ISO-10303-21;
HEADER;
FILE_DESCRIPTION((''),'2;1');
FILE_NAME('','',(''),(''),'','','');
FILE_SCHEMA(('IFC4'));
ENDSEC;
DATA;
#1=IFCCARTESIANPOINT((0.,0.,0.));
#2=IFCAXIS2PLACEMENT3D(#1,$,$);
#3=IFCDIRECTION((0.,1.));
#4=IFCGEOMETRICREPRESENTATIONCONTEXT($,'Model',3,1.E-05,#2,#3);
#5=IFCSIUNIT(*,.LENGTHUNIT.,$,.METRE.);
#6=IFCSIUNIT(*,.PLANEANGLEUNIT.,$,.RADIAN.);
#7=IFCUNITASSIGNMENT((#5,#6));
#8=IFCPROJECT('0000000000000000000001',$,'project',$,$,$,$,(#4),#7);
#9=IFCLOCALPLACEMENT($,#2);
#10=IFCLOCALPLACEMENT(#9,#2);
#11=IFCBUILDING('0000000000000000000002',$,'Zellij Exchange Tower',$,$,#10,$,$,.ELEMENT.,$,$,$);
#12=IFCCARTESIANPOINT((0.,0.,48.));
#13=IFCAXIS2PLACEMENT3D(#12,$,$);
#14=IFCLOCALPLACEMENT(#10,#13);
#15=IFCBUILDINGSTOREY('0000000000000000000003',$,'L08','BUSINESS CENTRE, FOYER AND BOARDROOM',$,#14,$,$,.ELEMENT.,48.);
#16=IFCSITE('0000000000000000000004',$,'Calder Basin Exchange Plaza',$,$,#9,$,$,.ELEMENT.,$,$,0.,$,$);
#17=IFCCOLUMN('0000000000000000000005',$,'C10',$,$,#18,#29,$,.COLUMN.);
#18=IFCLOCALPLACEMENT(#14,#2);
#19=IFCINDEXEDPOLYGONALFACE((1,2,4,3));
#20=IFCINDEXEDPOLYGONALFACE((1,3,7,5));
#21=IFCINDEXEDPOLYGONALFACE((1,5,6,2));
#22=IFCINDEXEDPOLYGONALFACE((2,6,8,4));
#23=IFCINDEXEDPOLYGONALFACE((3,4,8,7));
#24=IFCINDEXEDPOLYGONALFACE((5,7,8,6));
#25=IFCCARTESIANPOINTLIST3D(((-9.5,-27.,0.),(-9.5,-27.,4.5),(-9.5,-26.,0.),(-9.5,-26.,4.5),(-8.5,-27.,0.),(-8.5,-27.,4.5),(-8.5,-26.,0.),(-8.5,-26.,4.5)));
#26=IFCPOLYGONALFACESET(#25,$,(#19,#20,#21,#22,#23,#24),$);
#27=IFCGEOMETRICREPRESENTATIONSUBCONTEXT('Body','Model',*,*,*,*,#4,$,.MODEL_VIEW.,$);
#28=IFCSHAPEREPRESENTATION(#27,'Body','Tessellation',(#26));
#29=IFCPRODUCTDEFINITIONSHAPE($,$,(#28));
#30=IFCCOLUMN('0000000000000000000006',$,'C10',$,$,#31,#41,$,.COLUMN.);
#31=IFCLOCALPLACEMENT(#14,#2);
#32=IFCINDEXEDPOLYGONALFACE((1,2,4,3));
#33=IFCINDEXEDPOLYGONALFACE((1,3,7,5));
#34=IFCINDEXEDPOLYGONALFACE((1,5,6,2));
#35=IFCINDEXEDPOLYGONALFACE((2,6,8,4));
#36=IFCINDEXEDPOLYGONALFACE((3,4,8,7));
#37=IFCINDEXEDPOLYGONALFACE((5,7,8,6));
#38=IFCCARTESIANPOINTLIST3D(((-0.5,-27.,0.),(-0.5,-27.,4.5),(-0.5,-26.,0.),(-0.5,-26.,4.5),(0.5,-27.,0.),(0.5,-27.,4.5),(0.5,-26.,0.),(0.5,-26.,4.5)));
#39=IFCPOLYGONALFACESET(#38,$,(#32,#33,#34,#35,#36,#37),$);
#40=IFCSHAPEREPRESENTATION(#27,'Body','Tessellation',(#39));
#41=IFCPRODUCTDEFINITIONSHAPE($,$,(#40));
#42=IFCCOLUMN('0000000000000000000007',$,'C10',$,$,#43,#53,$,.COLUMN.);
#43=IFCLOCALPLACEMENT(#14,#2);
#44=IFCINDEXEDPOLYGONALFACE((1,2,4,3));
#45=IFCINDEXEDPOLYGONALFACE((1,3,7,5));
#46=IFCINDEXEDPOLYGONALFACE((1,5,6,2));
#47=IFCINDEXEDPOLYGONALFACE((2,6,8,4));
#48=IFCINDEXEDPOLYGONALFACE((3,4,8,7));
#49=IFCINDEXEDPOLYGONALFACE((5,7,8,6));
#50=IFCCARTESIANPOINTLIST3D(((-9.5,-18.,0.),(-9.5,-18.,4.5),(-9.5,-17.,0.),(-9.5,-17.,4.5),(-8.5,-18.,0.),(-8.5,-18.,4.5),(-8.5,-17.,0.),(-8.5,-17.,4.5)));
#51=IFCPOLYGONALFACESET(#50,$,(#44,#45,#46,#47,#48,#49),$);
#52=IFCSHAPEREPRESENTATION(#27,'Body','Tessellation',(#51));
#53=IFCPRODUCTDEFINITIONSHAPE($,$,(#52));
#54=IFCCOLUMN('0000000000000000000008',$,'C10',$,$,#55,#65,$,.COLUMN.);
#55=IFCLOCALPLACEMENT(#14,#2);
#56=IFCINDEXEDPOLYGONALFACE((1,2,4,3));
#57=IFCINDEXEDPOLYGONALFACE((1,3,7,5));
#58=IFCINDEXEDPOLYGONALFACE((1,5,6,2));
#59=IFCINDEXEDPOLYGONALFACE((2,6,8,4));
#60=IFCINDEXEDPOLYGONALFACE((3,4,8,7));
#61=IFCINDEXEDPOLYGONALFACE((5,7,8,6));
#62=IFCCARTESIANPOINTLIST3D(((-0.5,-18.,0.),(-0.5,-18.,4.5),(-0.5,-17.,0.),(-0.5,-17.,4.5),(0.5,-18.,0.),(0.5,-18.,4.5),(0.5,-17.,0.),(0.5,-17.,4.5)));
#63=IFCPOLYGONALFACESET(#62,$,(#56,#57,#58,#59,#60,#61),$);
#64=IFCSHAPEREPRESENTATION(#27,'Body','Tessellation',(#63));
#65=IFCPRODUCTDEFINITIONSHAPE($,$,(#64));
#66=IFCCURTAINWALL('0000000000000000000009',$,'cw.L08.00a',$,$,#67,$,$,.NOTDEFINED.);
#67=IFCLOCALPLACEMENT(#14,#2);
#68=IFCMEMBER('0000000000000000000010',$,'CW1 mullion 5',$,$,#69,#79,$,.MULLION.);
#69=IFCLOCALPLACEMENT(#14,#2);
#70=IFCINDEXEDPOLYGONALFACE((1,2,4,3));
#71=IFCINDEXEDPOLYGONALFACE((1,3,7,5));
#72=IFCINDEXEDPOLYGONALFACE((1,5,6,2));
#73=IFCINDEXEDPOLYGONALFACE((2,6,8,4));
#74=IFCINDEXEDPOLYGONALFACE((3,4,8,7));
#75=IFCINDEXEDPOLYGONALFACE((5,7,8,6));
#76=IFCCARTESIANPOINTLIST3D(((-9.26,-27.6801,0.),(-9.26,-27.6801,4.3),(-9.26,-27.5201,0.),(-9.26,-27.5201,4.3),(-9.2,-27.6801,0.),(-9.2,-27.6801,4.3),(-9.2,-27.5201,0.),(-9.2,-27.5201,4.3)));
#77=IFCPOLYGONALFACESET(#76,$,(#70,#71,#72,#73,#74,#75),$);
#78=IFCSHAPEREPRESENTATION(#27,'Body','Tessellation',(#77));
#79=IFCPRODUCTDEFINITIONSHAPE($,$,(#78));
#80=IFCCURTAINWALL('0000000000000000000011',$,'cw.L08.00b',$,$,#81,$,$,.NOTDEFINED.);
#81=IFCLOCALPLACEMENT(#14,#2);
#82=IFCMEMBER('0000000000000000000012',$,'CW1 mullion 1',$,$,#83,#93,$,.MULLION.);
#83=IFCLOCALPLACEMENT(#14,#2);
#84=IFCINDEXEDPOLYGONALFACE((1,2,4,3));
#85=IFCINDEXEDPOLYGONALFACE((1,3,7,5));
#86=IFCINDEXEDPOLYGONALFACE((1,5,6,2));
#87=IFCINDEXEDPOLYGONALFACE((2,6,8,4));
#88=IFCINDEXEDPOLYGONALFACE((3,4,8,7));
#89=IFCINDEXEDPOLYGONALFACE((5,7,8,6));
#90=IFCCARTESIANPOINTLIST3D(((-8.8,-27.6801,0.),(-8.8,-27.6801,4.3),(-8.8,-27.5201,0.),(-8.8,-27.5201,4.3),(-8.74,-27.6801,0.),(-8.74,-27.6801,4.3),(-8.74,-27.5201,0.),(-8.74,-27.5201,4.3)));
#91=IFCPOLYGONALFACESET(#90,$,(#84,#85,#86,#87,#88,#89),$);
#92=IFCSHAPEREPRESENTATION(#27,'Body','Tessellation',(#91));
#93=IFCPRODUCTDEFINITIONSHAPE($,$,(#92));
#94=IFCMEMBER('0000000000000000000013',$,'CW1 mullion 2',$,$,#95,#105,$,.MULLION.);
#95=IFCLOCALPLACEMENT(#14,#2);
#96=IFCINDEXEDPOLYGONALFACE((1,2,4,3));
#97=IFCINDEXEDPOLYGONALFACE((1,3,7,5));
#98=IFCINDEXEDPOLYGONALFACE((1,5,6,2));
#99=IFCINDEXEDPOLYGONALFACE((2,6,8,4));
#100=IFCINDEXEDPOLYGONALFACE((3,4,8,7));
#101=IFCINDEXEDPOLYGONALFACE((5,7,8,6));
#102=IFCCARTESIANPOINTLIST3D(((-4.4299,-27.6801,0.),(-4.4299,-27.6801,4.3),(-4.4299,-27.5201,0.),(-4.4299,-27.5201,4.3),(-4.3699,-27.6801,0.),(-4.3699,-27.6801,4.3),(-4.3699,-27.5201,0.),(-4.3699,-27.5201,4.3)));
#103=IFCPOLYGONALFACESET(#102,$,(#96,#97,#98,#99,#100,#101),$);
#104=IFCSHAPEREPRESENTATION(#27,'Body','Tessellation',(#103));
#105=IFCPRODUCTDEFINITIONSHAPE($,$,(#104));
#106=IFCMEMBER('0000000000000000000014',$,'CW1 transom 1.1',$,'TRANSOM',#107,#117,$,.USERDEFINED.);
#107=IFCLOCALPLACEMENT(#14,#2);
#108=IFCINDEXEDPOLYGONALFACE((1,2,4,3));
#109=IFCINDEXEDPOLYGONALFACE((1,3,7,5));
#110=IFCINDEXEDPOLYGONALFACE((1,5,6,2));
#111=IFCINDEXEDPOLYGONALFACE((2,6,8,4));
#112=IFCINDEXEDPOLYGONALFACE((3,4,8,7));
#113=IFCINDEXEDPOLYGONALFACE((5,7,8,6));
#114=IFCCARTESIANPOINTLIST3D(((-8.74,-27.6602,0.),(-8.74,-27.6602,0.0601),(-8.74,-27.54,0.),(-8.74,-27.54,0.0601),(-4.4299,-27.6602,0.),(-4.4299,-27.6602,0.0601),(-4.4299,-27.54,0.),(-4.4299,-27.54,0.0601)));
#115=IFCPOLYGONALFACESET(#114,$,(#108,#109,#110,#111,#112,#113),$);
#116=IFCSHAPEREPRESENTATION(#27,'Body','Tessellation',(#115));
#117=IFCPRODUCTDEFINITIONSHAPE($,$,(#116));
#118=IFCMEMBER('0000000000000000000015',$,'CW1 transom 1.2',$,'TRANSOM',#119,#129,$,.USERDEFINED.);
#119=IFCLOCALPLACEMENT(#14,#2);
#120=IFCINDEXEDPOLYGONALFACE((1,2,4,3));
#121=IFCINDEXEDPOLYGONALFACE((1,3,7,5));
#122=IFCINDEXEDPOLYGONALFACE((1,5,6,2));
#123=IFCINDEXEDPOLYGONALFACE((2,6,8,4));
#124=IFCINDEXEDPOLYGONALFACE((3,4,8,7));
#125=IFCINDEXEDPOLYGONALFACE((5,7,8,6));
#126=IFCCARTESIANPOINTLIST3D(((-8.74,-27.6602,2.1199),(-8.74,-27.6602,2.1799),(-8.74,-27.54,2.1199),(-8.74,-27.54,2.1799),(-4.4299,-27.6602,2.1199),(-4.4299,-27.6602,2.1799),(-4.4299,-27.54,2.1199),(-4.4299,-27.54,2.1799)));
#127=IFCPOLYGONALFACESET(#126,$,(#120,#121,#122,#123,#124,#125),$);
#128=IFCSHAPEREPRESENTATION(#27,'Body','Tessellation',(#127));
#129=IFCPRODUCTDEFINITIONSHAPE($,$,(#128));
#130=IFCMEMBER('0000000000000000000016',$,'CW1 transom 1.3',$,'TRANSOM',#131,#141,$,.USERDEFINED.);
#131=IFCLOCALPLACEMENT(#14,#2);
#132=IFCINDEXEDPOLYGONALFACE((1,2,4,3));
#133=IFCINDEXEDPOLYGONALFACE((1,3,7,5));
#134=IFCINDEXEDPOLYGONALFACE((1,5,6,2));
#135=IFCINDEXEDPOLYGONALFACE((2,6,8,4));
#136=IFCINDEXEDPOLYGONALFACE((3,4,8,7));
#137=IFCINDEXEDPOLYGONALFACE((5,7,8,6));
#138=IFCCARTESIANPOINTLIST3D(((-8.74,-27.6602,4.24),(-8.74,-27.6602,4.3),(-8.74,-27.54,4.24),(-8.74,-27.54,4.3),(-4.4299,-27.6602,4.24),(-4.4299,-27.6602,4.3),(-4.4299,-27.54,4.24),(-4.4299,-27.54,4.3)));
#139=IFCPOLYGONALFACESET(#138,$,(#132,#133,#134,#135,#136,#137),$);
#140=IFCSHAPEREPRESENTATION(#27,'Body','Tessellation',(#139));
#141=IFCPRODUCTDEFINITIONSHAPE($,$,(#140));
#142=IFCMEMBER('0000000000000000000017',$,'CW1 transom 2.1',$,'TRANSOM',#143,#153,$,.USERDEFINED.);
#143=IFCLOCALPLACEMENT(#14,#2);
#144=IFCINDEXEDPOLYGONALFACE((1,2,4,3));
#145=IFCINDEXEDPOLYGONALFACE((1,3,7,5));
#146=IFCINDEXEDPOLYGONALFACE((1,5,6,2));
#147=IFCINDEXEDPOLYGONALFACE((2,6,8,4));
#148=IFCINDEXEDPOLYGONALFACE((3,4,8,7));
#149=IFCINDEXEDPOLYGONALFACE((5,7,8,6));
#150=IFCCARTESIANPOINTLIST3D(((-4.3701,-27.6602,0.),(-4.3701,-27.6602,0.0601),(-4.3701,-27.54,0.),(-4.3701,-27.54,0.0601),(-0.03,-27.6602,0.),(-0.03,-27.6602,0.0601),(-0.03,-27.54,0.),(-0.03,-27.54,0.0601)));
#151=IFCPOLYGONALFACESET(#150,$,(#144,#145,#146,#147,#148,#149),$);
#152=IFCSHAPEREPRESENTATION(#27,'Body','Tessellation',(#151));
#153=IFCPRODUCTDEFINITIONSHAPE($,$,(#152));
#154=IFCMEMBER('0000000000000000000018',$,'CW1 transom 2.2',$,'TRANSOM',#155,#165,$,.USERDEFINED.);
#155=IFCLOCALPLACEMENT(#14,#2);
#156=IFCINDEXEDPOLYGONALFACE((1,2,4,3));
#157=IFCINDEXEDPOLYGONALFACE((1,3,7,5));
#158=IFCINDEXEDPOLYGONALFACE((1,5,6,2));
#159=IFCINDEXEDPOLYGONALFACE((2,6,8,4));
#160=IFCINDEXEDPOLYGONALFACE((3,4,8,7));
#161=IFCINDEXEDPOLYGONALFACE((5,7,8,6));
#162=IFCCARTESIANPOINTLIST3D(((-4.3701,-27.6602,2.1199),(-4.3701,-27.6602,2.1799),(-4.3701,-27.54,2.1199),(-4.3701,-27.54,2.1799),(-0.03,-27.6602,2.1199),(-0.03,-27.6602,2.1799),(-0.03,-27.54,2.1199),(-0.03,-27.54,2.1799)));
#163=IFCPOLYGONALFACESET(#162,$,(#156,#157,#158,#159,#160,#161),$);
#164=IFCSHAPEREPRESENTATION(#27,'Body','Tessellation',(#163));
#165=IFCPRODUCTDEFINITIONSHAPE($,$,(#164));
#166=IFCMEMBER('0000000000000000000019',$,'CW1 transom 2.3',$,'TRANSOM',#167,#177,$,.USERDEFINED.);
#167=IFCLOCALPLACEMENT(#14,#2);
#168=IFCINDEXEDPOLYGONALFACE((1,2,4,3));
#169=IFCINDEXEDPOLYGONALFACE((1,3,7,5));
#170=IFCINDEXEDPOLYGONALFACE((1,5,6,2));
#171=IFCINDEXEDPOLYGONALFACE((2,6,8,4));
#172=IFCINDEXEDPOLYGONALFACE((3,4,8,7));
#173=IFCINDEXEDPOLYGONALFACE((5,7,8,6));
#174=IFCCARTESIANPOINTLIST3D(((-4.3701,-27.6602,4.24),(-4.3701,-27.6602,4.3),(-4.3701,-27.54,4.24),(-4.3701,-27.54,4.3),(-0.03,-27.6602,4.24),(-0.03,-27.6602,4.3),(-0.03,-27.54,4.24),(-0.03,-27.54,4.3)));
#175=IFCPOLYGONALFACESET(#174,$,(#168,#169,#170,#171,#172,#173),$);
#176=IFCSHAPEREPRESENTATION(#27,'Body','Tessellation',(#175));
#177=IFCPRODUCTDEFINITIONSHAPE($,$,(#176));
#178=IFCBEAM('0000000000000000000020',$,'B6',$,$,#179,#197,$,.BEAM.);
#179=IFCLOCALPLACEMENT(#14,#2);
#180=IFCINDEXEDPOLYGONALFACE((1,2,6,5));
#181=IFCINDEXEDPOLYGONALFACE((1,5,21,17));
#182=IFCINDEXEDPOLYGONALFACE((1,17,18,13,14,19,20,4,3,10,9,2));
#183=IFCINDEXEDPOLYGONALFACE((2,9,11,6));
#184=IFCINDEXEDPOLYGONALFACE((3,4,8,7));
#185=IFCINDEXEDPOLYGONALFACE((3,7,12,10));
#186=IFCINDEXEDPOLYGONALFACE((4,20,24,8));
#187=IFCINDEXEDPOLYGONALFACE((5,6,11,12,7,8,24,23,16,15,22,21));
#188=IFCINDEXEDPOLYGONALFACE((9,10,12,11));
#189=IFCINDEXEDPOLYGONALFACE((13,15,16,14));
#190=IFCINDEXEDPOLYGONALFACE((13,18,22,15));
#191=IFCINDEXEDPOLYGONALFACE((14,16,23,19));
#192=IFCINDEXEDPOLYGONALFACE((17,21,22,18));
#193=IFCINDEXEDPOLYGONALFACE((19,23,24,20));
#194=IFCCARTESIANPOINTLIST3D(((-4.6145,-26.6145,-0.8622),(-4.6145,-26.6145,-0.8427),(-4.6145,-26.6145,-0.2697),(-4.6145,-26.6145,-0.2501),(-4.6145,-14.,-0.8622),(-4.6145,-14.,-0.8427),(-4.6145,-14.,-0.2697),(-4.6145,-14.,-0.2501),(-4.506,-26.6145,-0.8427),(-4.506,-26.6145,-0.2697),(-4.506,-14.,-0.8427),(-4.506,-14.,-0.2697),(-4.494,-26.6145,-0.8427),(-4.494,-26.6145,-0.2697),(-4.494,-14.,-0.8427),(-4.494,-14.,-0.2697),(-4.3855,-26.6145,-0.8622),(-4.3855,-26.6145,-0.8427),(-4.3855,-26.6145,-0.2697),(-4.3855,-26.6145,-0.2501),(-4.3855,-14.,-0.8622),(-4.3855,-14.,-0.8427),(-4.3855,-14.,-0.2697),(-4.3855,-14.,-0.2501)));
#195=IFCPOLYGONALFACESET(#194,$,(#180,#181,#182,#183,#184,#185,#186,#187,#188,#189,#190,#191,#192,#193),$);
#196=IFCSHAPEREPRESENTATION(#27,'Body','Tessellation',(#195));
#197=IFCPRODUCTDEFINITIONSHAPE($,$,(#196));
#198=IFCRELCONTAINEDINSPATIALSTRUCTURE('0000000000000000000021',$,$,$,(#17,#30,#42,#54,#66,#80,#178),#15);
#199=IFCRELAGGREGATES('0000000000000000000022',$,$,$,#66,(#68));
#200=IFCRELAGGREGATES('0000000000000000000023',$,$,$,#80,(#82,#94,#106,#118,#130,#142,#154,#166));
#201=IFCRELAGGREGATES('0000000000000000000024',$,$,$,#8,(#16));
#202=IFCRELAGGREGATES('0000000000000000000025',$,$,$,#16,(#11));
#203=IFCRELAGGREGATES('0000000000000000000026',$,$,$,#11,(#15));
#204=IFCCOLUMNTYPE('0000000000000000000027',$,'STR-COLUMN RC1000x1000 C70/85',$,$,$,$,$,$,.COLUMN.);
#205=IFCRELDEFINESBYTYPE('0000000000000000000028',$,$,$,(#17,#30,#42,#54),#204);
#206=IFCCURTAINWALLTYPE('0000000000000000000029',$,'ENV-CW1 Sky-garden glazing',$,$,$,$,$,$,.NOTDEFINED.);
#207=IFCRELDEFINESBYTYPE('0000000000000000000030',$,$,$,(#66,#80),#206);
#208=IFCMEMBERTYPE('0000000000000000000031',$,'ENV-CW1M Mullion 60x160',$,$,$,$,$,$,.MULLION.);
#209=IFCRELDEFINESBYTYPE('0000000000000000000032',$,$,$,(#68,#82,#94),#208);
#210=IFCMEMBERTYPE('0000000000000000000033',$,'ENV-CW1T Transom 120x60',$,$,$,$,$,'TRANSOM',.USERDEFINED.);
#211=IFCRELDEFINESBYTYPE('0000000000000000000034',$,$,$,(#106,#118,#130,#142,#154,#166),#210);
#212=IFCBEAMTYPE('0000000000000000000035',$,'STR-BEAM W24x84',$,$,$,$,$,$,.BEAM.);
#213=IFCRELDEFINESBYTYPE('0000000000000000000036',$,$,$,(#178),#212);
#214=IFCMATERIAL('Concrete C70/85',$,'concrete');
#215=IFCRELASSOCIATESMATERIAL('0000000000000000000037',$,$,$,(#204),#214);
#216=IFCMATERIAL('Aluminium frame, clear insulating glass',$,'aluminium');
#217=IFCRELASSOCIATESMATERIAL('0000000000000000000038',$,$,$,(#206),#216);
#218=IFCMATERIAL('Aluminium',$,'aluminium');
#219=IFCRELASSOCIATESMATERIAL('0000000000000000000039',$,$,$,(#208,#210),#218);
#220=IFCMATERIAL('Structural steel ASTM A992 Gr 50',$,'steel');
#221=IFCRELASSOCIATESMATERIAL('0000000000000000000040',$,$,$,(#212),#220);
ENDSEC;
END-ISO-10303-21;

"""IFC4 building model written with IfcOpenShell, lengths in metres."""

from ifc_helpers import new_model, si_unit, direction, frame, origin, origin_2d, place, context, subcontext, project, spatial, rectangle, i_section, extrude, material, material_profile, profile_set, type_object, element, aggregate, save


model = new_model("IFC4")

# Units and contexts
model_context = context("Model", 3, precision=1e-05, world=origin(), true_north=direction((0.0, 1.0)))
body_context = subcontext(model_context, "Body", "Model", "MODEL_VIEW")
ifc_project = project(units=[si_unit("LENGTHUNIT", "METRE"), si_unit("PLANEANGLEUNIT", "RADIAN")], contexts=[model_context])

# Site, building, storey
site_placement = place(None, origin())
site = spatial("IfcSite", under=ifc_project, at=site_placement, Name="Calder Basin Exchange Plaza", CompositionType="ELEMENT", RefElevation=0.0)
building_placement = place(site_placement, origin())
building = spatial("IfcBuilding", under=site, at=building_placement, Name="Zellij Exchange Tower", CompositionType="ELEMENT")
storey_placement = place(building_placement, frame((0.0, 0.0, 48.0)))
storey = spatial("IfcBuildingStorey", under=building, at=storey_placement, Name="L08", Description="BUSINESS CENTRE, FOYER AND BOARDROOM", CompositionType="ELEMENT", Elevation=48.0)

# Columns
ifc_material_1 = material(Name="Concrete C70/85", Category="concrete")
ifc_material_profile_1 = material_profile(ifc_material_1, rectangle(XDim=1.0, YDim=1.0, at=origin_2d()), Name="STR-COLUMN RC1000x1000 C70/85")
ifc_profile_set_1 = profile_set([ifc_material_profile_1], Name="Concrete C70/85")
column_type = type_object("IfcColumnType", Name="STR-COLUMN RC1000x1000 C70/85", PredefinedType="COLUMN", material=ifc_profile_set_1)
for number, where, z_axis, x_axis, name in (
    (1, (-9.0, -26.5, 0.0), (0.0, 0.0, 1.0), (1.0, 0.0, 0.0), "C10"),
    (2, (0.0, -26.5, 0.0), (0.0, 0.0, 1.0), (1.0, 0.0, 0.0), "C10"),
    (3, (-9.0, -17.5, 0.0), (0.0, 0.0, 1.0), (1.0, 0.0, 0.0), "C10"),
    (4, (0.0, -17.5, 0.0), (0.0, 0.0, 1.0), (1.0, 0.0, 0.0), "C10"),
):
    element("IfcColumn", number, at=place(storey_placement, frame(where, z_axis=z_axis, x_axis=x_axis)), inside=storey, type_object=column_type, Name=name, PredefinedType="COLUMN", context=body_context, shape_type="SweptSolid", body=[
        extrude(rectangle(XDim=1.0, YDim=1.0, at=origin_2d()), origin(), (0.0, 0.0, 1.0), 4.5),
    ])

# Curtain wall, member
ifc_material_2 = material(Name="Aluminium frame, clear insulating glass", Category="aluminium")
curtain_wall_type = type_object("IfcCurtainWallType", Name="ENV-CW1 Sky-garden glazing", PredefinedType="NOTDEFINED", material=ifc_material_2)
curtain_wall_1_placement = place(storey_placement, origin())
curtain_wall_1 = element("IfcCurtainWall", 5, at=curtain_wall_1_placement, inside=storey, type_object=curtain_wall_type, Name="cw.L08.00a", PredefinedType="NOTDEFINED")
ifc_material_3 = material(Name="Aluminium", Category="aluminium")
ifc_material_profile_2 = material_profile(ifc_material_3, rectangle(XDim=0.0601, YDim=0.1599, at=origin_2d()), Name="AL 60x160")
ifc_profile_set_2 = profile_set([ifc_material_profile_2], Name="Aluminium")
member_type_1 = type_object("IfcMemberType", Name="ENV-CW1M Mullion 60x160", PredefinedType="MULLION", material=ifc_profile_set_2)
member_1_placement = place(storey_placement, frame((-9.23, -27.6001, 0.0), z_axis=(0.0, 0.0, 1.0), x_axis=(1.0, 0.0, 0.0)))
member_1 = element("IfcMember", 6, at=member_1_placement, type_object=member_type_1, Name="CW1 mullion 5", PredefinedType="MULLION", context=body_context, shape_type="SweptSolid", body=[
    extrude(rectangle(XDim=0.0601, YDim=0.1599, at=origin_2d()), origin(), (0.0, 0.0, 1.0), 4.3),
])
aggregate(curtain_wall_1, [member_1])

# Curtain wall, members
curtain_wall_2_placement = place(storey_placement, origin())
curtain_wall_2 = element("IfcCurtainWall", 7, at=curtain_wall_2_placement, inside=storey, type_object=curtain_wall_type, Name="cw.L08.00b", PredefinedType="NOTDEFINED")
member_2_placement = place(storey_placement, frame((-8.77, -27.6001, 0.0), z_axis=(0.0, 0.0, 1.0), x_axis=(1.0, 0.0, 0.0)))
member_2 = element("IfcMember", 8, at=member_2_placement, type_object=member_type_1, Name="CW1 mullion 1", PredefinedType="MULLION", context=body_context, shape_type="SweptSolid", body=[
    extrude(rectangle(XDim=0.0601, YDim=0.1599, at=origin_2d()), origin(), (0.0, 0.0, 1.0), 4.3),
])
member_3_placement = place(storey_placement, frame((-4.3999, -27.6001, 0.0), z_axis=(0.0, 0.0, 1.0), x_axis=(1.0, 0.0, 0.0)))
member_3 = element("IfcMember", 9, at=member_3_placement, type_object=member_type_1, Name="CW1 mullion 2", PredefinedType="MULLION", context=body_context, shape_type="SweptSolid", body=[
    extrude(rectangle(XDim=0.0601, YDim=0.1599, at=origin_2d()), origin(), (0.0, 0.0, 1.0), 4.3),
])
ifc_material_profile_3 = material_profile(ifc_material_3, rectangle(XDim=0.1201, YDim=0.0601, at=origin_2d()), Name="AL 120x60")
ifc_profile_set_3 = profile_set([ifc_material_profile_3], Name="Aluminium")
member_type_2 = type_object("IfcMemberType", Name="ENV-CW1T Transom 120x60", ElementType="TRANSOM", PredefinedType="USERDEFINED", material=ifc_profile_set_3)
member_4_placement = place(storey_placement, frame((-8.74, -27.6001, 0.03), z_axis=(1.0, 0.0, 0.0), x_axis=(0.0, 1.0, 0.0)))
member_4 = element("IfcMember", 10, at=member_4_placement, type_object=member_type_2, Name="CW1 transom 1.1", ObjectType="TRANSOM", PredefinedType="USERDEFINED", context=body_context, shape_type="SweptSolid", body=[
    extrude(rectangle(XDim=0.1201, YDim=0.0601, at=origin_2d()), origin(), (0.0, 0.0, 1.0), 4.3101),
])
member_5_placement = place(storey_placement, frame((-8.74, -27.6001, 2.1499), z_axis=(1.0, 0.0, 0.0), x_axis=(0.0, 1.0, 0.0)))
member_5 = element("IfcMember", 11, at=member_5_placement, type_object=member_type_2, Name="CW1 transom 1.2", ObjectType="TRANSOM", PredefinedType="USERDEFINED", context=body_context, shape_type="SweptSolid", body=[
    extrude(rectangle(XDim=0.1201, YDim=0.0601, at=origin_2d()), origin(), (0.0, 0.0, 1.0), 4.3101),
])
member_6_placement = place(storey_placement, frame((-8.74, -27.6001, 4.27), z_axis=(1.0, 0.0, 0.0), x_axis=(0.0, 1.0, 0.0)))
member_6 = element("IfcMember", 12, at=member_6_placement, type_object=member_type_2, Name="CW1 transom 1.3", ObjectType="TRANSOM", PredefinedType="USERDEFINED", context=body_context, shape_type="SweptSolid", body=[
    extrude(rectangle(XDim=0.1201, YDim=0.0601, at=origin_2d()), origin(), (0.0, 0.0, 1.0), 4.3101),
])
member_7_placement = place(storey_placement, frame((-4.3701, -27.6001, 0.03), z_axis=(1.0, 0.0, 0.0), x_axis=(0.0, 1.0, 0.0)))
member_7 = element("IfcMember", 13, at=member_7_placement, type_object=member_type_2, Name="CW1 transom 2.1", ObjectType="TRANSOM", PredefinedType="USERDEFINED", context=body_context, shape_type="SweptSolid", body=[
    extrude(rectangle(XDim=0.1201, YDim=0.0601, at=origin_2d()), origin(), (0.0, 0.0, 1.0), 4.3401),
])
member_8_placement = place(storey_placement, frame((-4.3701, -27.6001, 2.1499), z_axis=(1.0, 0.0, 0.0), x_axis=(0.0, 1.0, 0.0)))
member_8 = element("IfcMember", 14, at=member_8_placement, type_object=member_type_2, Name="CW1 transom 2.2", ObjectType="TRANSOM", PredefinedType="USERDEFINED", context=body_context, shape_type="SweptSolid", body=[
    extrude(rectangle(XDim=0.1201, YDim=0.0601, at=origin_2d()), origin(), (0.0, 0.0, 1.0), 4.3401),
])
member_9_placement = place(storey_placement, frame((-4.3701, -27.6001, 4.27), z_axis=(1.0, 0.0, 0.0), x_axis=(0.0, 1.0, 0.0)))
member_9 = element("IfcMember", 15, at=member_9_placement, type_object=member_type_2, Name="CW1 transom 2.3", ObjectType="TRANSOM", PredefinedType="USERDEFINED", context=body_context, shape_type="SweptSolid", body=[
    extrude(rectangle(XDim=0.1201, YDim=0.0601, at=origin_2d()), origin(), (0.0, 0.0, 1.0), 4.3401),
])

# Beam
ifc_material_4 = material(Name="Structural steel ASTM A992 Gr 50", Category="steel")
ifc_material_profile_4 = material_profile(ifc_material_4, i_section(OverallWidth=0.229, OverallDepth=0.6121, WebThickness=0.012, FlangeThickness=0.0195, at=origin_2d()), Name="W24x84")
ifc_profile_set_4 = profile_set([ifc_material_profile_4], Name="Structural steel ASTM A992 Gr 50")
beam_type_1 = type_object("IfcBeamType", Name="STR-BEAM W24x84", PredefinedType="BEAM", material=ifc_profile_set_4)
beam_placement = place(storey_placement, frame((-4.5, -26.6145, -0.5562), z_axis=(0.0, 1.0, 0.0), x_axis=(-1.0, 0.0, 0.0)))
element("IfcBeam", 16, at=beam_placement, inside=storey, type_object=beam_type_1, Name="B6", PredefinedType="BEAM", context=body_context, shape_type="SweptSolid", body=[
    extrude(i_section(OverallWidth=0.229, OverallDepth=0.6121, WebThickness=0.012, FlangeThickness=0.0195, at=origin_2d()), origin(), (0.0, 0.0, 1.0), 12.6145),
])

aggregate(curtain_wall_2, [member_2, member_3, member_4, member_5, member_6, member_7, member_8, member_9])

save(model, "model.ifc")
